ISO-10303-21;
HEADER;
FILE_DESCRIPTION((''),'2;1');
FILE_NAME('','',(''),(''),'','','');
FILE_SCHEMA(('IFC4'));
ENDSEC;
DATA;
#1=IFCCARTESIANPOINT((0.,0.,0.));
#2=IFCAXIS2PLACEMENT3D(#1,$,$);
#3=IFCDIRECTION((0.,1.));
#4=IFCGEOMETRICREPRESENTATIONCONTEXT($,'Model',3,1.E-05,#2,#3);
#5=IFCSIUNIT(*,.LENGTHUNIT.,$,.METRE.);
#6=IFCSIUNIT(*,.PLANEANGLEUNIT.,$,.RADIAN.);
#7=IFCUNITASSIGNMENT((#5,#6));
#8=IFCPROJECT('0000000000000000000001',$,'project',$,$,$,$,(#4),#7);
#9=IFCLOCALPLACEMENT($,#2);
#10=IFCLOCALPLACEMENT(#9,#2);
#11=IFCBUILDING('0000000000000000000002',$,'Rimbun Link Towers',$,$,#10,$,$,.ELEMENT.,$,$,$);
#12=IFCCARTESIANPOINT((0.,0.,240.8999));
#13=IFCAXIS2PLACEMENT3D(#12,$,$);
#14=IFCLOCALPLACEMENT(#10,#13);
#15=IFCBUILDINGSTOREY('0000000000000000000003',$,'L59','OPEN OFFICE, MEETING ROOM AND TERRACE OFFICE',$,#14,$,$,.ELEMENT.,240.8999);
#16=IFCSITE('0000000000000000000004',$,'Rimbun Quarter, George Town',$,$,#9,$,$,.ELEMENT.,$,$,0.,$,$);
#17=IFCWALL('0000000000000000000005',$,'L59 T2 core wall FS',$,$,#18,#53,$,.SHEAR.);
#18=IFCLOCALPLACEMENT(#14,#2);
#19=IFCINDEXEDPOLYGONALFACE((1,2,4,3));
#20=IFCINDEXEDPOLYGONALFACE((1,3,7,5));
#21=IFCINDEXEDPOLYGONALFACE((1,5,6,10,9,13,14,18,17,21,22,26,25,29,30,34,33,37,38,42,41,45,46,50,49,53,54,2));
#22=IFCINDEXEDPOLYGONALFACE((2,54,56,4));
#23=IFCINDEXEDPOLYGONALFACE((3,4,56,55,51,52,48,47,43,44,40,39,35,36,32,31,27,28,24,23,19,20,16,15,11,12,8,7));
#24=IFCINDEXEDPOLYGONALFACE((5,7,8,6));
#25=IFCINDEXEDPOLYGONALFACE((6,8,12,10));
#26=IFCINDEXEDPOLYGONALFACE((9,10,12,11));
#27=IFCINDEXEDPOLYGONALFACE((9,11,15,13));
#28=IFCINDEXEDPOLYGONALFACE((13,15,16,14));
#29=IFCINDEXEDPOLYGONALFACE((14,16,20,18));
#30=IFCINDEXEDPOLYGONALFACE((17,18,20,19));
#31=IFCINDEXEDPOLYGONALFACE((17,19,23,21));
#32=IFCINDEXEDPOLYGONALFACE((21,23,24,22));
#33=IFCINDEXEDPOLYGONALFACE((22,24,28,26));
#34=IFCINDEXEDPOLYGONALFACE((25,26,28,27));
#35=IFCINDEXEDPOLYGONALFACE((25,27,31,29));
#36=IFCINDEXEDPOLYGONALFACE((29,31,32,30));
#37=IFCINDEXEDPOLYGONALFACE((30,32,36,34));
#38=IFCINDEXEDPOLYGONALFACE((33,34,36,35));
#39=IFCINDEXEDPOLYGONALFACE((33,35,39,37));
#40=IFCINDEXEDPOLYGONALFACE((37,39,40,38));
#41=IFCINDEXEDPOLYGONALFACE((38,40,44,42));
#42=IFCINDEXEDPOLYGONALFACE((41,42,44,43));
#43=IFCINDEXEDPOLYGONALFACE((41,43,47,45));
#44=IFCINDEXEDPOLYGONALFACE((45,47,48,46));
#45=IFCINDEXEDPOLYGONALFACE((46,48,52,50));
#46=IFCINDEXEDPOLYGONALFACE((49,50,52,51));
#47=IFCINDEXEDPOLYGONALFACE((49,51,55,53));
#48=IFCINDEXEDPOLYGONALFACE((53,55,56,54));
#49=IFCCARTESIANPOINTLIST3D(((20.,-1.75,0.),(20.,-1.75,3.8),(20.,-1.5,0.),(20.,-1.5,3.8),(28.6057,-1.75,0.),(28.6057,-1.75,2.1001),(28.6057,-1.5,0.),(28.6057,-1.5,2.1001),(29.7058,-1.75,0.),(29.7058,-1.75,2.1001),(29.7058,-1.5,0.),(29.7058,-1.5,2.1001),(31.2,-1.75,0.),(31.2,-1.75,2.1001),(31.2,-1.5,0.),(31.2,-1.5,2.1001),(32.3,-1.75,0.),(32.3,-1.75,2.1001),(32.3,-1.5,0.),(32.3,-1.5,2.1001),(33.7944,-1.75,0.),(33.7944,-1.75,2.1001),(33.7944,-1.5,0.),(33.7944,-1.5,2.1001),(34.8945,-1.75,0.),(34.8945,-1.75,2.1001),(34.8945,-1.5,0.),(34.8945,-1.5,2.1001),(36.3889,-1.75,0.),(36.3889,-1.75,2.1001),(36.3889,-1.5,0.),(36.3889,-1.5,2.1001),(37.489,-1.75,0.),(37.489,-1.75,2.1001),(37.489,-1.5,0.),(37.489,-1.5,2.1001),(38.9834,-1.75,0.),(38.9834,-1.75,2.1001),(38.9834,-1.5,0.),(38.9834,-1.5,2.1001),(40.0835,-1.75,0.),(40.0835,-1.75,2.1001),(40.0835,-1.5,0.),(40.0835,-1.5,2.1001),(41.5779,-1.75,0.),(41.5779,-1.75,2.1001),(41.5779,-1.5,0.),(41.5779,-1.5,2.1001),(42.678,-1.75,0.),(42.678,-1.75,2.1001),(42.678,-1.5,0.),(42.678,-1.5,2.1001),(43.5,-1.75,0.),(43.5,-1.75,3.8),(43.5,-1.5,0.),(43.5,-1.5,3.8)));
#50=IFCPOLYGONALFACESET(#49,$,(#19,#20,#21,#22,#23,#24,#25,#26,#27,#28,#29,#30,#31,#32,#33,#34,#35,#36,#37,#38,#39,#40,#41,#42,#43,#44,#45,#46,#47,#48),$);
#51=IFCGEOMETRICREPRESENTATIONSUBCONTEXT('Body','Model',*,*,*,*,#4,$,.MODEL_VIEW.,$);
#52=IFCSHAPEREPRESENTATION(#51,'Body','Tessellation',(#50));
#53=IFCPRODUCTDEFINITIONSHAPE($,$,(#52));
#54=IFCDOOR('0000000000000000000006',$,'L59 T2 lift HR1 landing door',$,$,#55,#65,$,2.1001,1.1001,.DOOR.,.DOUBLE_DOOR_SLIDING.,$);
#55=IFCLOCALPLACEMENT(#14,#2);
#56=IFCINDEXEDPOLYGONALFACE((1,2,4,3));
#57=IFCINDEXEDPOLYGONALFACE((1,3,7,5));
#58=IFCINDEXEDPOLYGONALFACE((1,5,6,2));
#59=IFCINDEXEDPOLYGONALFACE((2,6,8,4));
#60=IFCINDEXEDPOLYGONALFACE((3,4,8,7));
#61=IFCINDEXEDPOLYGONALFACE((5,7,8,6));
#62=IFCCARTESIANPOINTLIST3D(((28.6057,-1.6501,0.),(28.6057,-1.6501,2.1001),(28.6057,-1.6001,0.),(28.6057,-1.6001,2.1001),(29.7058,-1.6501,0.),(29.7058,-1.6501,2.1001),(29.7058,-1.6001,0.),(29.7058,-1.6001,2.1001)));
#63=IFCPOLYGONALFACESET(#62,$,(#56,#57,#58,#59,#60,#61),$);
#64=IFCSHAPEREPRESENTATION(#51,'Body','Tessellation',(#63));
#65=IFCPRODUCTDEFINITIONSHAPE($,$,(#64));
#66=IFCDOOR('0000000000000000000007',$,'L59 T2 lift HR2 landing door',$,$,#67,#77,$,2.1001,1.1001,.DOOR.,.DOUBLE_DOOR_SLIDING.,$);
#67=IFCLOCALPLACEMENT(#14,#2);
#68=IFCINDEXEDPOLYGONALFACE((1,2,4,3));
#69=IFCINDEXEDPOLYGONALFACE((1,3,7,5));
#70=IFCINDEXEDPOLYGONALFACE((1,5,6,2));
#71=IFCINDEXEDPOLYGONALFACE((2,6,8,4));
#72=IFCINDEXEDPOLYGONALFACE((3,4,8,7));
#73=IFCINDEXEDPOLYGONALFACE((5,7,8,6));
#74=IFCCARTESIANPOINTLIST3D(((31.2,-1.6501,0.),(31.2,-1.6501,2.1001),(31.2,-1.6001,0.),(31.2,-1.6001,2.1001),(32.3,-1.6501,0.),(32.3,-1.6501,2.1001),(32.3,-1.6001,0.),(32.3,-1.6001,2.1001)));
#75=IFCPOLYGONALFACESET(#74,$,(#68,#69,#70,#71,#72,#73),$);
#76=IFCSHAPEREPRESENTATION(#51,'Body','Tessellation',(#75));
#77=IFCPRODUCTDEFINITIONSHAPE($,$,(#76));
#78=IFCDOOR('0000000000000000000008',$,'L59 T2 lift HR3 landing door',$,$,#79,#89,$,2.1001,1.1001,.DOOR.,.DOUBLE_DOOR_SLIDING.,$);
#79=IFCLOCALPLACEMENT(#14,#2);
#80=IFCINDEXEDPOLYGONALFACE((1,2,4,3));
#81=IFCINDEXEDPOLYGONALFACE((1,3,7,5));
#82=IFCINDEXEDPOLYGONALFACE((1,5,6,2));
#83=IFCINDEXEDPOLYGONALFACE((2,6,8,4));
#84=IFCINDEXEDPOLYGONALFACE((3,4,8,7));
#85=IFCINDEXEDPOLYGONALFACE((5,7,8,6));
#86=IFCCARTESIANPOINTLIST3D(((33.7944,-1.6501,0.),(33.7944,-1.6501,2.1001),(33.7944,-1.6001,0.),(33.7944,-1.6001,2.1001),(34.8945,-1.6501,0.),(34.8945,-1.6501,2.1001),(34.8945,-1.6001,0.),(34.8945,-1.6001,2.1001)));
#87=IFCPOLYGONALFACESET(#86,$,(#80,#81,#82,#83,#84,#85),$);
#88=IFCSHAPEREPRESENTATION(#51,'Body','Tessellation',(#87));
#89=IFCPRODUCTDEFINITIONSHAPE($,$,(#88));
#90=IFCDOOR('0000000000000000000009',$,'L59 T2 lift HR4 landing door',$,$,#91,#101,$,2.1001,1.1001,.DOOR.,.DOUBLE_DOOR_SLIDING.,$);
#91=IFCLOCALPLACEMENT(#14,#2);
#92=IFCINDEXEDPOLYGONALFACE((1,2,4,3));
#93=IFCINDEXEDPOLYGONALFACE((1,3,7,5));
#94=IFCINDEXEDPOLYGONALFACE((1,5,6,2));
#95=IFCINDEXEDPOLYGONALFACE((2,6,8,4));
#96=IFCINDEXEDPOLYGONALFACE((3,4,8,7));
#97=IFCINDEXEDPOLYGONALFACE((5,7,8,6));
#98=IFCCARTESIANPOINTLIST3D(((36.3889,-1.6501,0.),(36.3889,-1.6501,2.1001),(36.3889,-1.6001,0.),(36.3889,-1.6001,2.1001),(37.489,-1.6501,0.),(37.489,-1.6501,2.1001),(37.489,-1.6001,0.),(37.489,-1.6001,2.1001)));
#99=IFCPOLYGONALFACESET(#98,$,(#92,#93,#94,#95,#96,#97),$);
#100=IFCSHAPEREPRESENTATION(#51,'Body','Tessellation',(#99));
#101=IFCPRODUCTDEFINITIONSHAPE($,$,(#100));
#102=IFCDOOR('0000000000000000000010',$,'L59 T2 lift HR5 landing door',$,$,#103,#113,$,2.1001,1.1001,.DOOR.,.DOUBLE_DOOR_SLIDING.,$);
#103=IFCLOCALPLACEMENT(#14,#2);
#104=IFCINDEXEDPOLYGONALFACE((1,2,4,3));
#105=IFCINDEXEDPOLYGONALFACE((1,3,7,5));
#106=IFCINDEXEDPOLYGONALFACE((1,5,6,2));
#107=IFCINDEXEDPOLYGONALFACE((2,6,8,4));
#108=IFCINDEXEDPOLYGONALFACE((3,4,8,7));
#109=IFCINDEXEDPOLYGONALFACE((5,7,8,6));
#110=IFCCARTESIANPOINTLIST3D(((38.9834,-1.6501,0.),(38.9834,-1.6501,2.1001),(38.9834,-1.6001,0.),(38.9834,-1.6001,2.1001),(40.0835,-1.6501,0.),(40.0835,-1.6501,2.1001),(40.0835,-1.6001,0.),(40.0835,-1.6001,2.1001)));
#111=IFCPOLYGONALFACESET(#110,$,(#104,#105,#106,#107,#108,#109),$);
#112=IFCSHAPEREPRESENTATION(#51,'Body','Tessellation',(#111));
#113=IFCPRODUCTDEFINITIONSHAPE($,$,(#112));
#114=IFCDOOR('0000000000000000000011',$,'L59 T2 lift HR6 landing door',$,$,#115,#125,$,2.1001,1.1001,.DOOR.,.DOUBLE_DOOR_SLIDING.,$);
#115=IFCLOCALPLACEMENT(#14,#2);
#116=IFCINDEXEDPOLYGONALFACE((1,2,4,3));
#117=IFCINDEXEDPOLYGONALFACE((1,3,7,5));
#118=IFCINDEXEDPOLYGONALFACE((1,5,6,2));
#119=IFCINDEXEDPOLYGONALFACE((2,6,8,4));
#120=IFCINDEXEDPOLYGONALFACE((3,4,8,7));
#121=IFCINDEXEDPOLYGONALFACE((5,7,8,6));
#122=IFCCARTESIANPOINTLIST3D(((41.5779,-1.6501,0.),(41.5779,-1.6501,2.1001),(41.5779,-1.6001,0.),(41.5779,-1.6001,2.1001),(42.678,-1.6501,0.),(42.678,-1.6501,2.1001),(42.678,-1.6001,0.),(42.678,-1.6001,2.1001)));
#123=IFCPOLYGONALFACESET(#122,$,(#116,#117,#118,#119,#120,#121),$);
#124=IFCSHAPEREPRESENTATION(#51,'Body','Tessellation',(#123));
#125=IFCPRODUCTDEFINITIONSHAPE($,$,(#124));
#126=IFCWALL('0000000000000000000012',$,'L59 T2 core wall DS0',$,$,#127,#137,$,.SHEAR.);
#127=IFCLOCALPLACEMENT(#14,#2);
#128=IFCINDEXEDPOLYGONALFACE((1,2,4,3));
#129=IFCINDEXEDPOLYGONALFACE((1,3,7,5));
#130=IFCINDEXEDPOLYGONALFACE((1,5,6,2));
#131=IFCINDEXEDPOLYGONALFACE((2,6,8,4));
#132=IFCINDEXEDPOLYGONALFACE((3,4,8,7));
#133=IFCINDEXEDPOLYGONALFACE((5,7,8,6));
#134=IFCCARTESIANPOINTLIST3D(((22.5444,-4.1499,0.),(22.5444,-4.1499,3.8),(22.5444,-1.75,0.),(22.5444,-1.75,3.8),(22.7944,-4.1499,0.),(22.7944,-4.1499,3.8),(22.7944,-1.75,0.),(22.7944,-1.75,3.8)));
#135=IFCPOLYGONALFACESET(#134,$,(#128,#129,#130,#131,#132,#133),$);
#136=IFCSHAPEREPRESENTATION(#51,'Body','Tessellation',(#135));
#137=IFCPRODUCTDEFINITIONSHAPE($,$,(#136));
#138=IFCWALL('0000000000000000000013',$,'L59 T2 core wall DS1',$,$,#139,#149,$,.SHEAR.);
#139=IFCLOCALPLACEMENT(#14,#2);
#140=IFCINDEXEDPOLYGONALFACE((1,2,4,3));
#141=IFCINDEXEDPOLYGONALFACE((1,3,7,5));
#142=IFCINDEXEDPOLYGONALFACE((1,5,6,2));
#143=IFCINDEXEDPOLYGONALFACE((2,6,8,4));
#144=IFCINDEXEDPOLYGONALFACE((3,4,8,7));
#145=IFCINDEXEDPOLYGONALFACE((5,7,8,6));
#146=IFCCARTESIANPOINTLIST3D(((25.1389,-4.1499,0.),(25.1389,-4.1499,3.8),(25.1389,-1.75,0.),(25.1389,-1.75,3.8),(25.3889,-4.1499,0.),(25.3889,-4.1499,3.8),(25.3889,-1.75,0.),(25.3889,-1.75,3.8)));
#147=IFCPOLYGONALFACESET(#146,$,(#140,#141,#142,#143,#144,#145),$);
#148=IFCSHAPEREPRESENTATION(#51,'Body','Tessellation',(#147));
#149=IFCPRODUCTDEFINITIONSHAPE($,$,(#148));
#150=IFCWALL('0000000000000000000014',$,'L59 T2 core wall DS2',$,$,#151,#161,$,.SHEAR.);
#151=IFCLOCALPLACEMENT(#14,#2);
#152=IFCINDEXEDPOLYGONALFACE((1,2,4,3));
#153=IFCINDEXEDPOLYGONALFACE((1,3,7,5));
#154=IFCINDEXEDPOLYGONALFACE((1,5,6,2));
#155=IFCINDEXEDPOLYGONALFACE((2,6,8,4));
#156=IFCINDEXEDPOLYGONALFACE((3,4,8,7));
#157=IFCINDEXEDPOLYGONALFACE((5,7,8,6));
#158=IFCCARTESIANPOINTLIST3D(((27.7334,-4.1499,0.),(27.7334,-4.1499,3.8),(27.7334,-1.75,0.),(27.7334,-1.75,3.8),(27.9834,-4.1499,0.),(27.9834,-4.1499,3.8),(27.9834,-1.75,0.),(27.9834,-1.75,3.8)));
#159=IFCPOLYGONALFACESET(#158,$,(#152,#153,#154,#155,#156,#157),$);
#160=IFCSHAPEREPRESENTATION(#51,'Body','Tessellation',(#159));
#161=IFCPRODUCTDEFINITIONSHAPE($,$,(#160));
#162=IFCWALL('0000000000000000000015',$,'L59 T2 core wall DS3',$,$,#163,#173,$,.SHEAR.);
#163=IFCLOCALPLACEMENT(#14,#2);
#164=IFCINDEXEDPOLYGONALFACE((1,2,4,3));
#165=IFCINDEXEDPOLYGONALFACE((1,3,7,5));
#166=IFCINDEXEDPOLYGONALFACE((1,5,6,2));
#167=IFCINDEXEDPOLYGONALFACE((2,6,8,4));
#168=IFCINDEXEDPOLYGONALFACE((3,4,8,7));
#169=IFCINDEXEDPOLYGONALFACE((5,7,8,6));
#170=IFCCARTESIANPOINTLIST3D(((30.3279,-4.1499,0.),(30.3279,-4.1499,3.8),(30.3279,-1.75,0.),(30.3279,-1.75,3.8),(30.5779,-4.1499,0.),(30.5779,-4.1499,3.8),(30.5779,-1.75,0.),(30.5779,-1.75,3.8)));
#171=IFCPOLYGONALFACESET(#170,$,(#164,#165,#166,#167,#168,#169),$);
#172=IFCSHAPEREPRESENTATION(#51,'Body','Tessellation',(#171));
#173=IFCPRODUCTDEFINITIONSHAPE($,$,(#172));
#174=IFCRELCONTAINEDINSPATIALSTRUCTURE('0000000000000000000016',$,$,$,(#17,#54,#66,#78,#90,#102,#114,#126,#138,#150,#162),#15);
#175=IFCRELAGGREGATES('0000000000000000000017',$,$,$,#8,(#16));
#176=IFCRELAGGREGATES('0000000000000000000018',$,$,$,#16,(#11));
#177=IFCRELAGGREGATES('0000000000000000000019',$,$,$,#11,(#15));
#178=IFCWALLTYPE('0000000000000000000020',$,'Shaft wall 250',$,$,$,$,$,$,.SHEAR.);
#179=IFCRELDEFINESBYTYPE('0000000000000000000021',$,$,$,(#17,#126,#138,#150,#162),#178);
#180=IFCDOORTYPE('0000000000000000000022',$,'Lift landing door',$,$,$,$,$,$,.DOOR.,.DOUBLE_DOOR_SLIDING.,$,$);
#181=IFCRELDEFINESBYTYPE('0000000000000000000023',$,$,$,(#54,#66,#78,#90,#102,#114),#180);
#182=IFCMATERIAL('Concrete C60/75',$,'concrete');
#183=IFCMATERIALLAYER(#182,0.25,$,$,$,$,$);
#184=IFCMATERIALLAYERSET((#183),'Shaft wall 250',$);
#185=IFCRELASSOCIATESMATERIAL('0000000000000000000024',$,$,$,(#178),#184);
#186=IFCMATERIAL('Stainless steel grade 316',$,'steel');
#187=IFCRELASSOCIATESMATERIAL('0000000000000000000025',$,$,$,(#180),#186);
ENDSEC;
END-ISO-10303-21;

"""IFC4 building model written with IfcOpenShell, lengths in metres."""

from ifc_helpers import new_model, si_unit, direction, frame, frame_2d, origin, place, context, subcontext, project, spatial, rectangle, extrude, material, layer, layer_set, type_object, element, fill, save


model = new_model("IFC4")

# Units and contexts
model_context = context("Model", 3, precision=1e-05, world=origin(), true_north=direction((0.0, 1.0)))
body_context = subcontext(model_context, "Body", "Model", "MODEL_VIEW")
ifc_project = project(units=[si_unit("LENGTHUNIT", "METRE"), si_unit("PLANEANGLEUNIT", "RADIAN")], contexts=[model_context])

# Site, building, storey
site_placement = place(None, origin())
site = spatial("IfcSite", under=ifc_project, at=site_placement, Name="Rimbun Quarter, George Town", CompositionType="ELEMENT", RefElevation=0.0)
building_placement = place(site_placement, origin())
building = spatial("IfcBuilding", under=site, at=building_placement, Name="Rimbun Link Towers", CompositionType="ELEMENT")
storey_placement = place(building_placement, frame((0.0, 0.0, 240.8999)))
storey = spatial("IfcBuildingStorey", under=building, at=storey_placement, Name="L59", Description="OPEN OFFICE, MEETING ROOM AND TERRACE OFFICE", CompositionType="ELEMENT", Elevation=240.8999)

# Shared definitions
ifc_material_1 = material(Name="Concrete C60/75", Category="concrete")
ifc_layer_1 = layer(ifc_material_1, 0.25)
ifc_layer_set_1 = layer_set([ifc_layer_1], Name="Shaft wall 250")
wall_type_1 = type_object("IfcWallType", Name="Shaft wall 250", PredefinedType="SHEAR", material=ifc_layer_set_1)

# Wall, openings, doors
wall_1_placement = place(storey_placement, frame((20.0, -1.625, 0.0), z_axis=(0.0, 0.0, 1.0), x_axis=(1.0, 0.0, 0.0)))
wall_1 = element("IfcWall", 1, at=wall_1_placement, inside=storey, type_object=wall_type_1, Name="L59 T2 core wall FS", PredefinedType="SHEAR", context=body_context, shape_type="SweptSolid", body=[
    extrude(rectangle(XDim=23.5, YDim=0.25, at=frame_2d((11.75, 0.0))), origin(), (0.0, 0.0, 1.0), 3.8),
])
opening_1_placement = place(wall_1_placement, frame((8.6057, 0.0, 0.0)))
opening_1 = element("IfcOpeningElement", 2, at=opening_1_placement, cuts=wall_1, PredefinedType="OPENING", context=body_context, shape_type="SweptSolid", body=[
    extrude(rectangle(XDim=1.1001, YDim=2.1001, at=frame_2d((0.55, 1.05))), frame((0.0, 0.135, 0.0), z_axis=(0.0, -1.0, 0.0), x_axis=(1.0, 0.0, 0.0)), (0.0, 0.0, 1.0), 0.27),
])
opening_2_placement = place(wall_1_placement, frame((11.2, 0.0, 0.0)))
opening_2 = element("IfcOpeningElement", 3, at=opening_2_placement, cuts=wall_1, PredefinedType="OPENING", context=body_context, shape_type="SweptSolid", body=[
    extrude(rectangle(XDim=1.1001, YDim=2.1001, at=frame_2d((0.55, 1.05))), frame((0.0, 0.135, 0.0), z_axis=(0.0, -1.0, 0.0), x_axis=(1.0, 0.0, 0.0)), (0.0, 0.0, 1.0), 0.27),
])
opening_3_placement = place(wall_1_placement, frame((13.7944, 0.0, 0.0)))
opening_3 = element("IfcOpeningElement", 4, at=opening_3_placement, cuts=wall_1, PredefinedType="OPENING", context=body_context, shape_type="SweptSolid", body=[
    extrude(rectangle(XDim=1.1001, YDim=2.1001, at=frame_2d((0.55, 1.05))), frame((0.0, 0.135, 0.0), z_axis=(0.0, -1.0, 0.0), x_axis=(1.0, 0.0, 0.0)), (0.0, 0.0, 1.0), 0.27),
])
opening_4_placement = place(wall_1_placement, frame((16.3889, 0.0, 0.0)))
opening_4 = element("IfcOpeningElement", 5, at=opening_4_placement, cuts=wall_1, PredefinedType="OPENING", context=body_context, shape_type="SweptSolid", body=[
    extrude(rectangle(XDim=1.1001, YDim=2.1001, at=frame_2d((0.55, 1.05))), frame((0.0, 0.135, 0.0), z_axis=(0.0, -1.0, 0.0), x_axis=(1.0, 0.0, 0.0)), (0.0, 0.0, 1.0), 0.27),
])
opening_5_placement = place(wall_1_placement, frame((18.9834, 0.0, 0.0)))
opening_5 = element("IfcOpeningElement", 6, at=opening_5_placement, cuts=wall_1, PredefinedType="OPENING", context=body_context, shape_type="SweptSolid", body=[
    extrude(rectangle(XDim=1.1001, YDim=2.1001, at=frame_2d((0.55, 1.05))), frame((0.0, 0.135, 0.0), z_axis=(0.0, -1.0, 0.0), x_axis=(1.0, 0.0, 0.0)), (0.0, 0.0, 1.0), 0.27),
])
opening_6_placement = place(wall_1_placement, frame((21.5779, 0.0, 0.0)))
opening_6 = element("IfcOpeningElement", 7, at=opening_6_placement, cuts=wall_1, PredefinedType="OPENING", context=body_context, shape_type="SweptSolid", body=[
    extrude(rectangle(XDim=1.1001, YDim=2.1001, at=frame_2d((0.55, 1.05))), frame((0.0, 0.135, 0.0), z_axis=(0.0, -1.0, 0.0), x_axis=(1.0, 0.0, 0.0)), (0.0, 0.0, 1.0), 0.27),
])
ifc_material_2 = material(Name="Stainless steel grade 316", Category="steel")
door_type_1 = type_object("IfcDoorType", Name="Lift landing door", OperationType="DOUBLE_DOOR_SLIDING", PredefinedType="DOOR", material=ifc_material_2)
door_1_placement = place(opening_1_placement, origin())
door_1 = element("IfcDoor", 8, at=door_1_placement, inside=storey, type_object=door_type_1, Name="L59 T2 lift HR1 landing door", OperationType="DOUBLE_DOOR_SLIDING", OverallHeight=2.1001, OverallWidth=1.1001, PredefinedType="DOOR", context=body_context, shape_type="SweptSolid", body=[
    extrude(rectangle(XDim=1.1001, YDim=2.1001, at=frame_2d((0.55, 1.05))), frame((0.0, 0.0249, 0.0), z_axis=(0.0, -1.0, 0.0), x_axis=(1.0, 0.0, 0.0)), (0.0, 0.0, 1.0), 0.05),
])
fill(opening_1, door_1)
door_2_placement = place(opening_2_placement, origin())
door_2 = element("IfcDoor", 9, at=door_2_placement, inside=storey, type_object=door_type_1, Name="L59 T2 lift HR2 landing door", OperationType="DOUBLE_DOOR_SLIDING", OverallHeight=2.1001, OverallWidth=1.1001, PredefinedType="DOOR", context=body_context, shape_type="SweptSolid", body=[
    extrude(rectangle(XDim=1.1001, YDim=2.1001, at=frame_2d((0.55, 1.05))), frame((0.0, 0.0249, 0.0), z_axis=(0.0, -1.0, 0.0), x_axis=(1.0, 0.0, 0.0)), (0.0, 0.0, 1.0), 0.05),
])
fill(opening_2, door_2)
door_3_placement = place(opening_3_placement, origin())
door_3 = element("IfcDoor", 10, at=door_3_placement, inside=storey, type_object=door_type_1, Name="L59 T2 lift HR3 landing door", OperationType="DOUBLE_DOOR_SLIDING", OverallHeight=2.1001, OverallWidth=1.1001, PredefinedType="DOOR", context=body_context, shape_type="SweptSolid", body=[
    extrude(rectangle(XDim=1.1001, YDim=2.1001, at=frame_2d((0.55, 1.05))), frame((0.0, 0.0249, 0.0), z_axis=(0.0, -1.0, 0.0), x_axis=(1.0, 0.0, 0.0)), (0.0, 0.0, 1.0), 0.05),
])
fill(opening_3, door_3)
door_4_placement = place(opening_4_placement, origin())
door_4 = element("IfcDoor", 11, at=door_4_placement, inside=storey, type_object=door_type_1, Name="L59 T2 lift HR4 landing door", OperationType="DOUBLE_DOOR_SLIDING", OverallHeight=2.1001, OverallWidth=1.1001, PredefinedType="DOOR", context=body_context, shape_type="SweptSolid", body=[
    extrude(rectangle(XDim=1.1001, YDim=2.1001, at=frame_2d((0.55, 1.05))), frame((0.0, 0.0249, 0.0), z_axis=(0.0, -1.0, 0.0), x_axis=(1.0, 0.0, 0.0)), (0.0, 0.0, 1.0), 0.05),
])
fill(opening_4, door_4)
door_5_placement = place(opening_5_placement, origin())
door_5 = element("IfcDoor", 12, at=door_5_placement, inside=storey, type_object=door_type_1, Name="L59 T2 lift HR5 landing door", OperationType="DOUBLE_DOOR_SLIDING", OverallHeight=2.1001, OverallWidth=1.1001, PredefinedType="DOOR", context=body_context, shape_type="SweptSolid", body=[
    extrude(rectangle(XDim=1.1001, YDim=2.1001, at=frame_2d((0.55, 1.05))), frame((0.0, 0.0249, 0.0), z_axis=(0.0, -1.0, 0.0), x_axis=(1.0, 0.0, 0.0)), (0.0, 0.0, 1.0), 0.05),
])
fill(opening_5, door_5)
door_6_placement = place(opening_6_placement, origin())
door_6 = element("IfcDoor", 13, at=door_6_placement, inside=storey, type_object=door_type_1, Name="L59 T2 lift HR6 landing door", OperationType="DOUBLE_DOOR_SLIDING", OverallHeight=2.1001, OverallWidth=1.1001, PredefinedType="DOOR", context=body_context, shape_type="SweptSolid", body=[
    extrude(rectangle(XDim=1.1001, YDim=2.1001, at=frame_2d((0.55, 1.05))), frame((0.0, 0.0249, 0.0), z_axis=(0.0, -1.0, 0.0), x_axis=(1.0, 0.0, 0.0)), (0.0, 0.0, 1.0), 0.05),
])
fill(opening_6, door_6)

# Walls
for number, where, z_axis, x_axis, name in (
    (14, (22.6694, -4.1499, 0.0), (0.0, 0.0, 1.0), (0.0, 1.0, 0.0), "L59 T2 core wall DS0"),
    (15, (25.2639, -4.1499, 0.0), (0.0, 0.0, 1.0), (0.0, 1.0, 0.0), "L59 T2 core wall DS1"),
    (16, (27.8584, -4.1499, 0.0), (0.0, 0.0, 1.0), (0.0, 1.0, 0.0), "L59 T2 core wall DS2"),
    (17, (30.4529, -4.1499, 0.0), (0.0, 0.0, 1.0), (0.0, 1.0, 0.0), "L59 T2 core wall DS3"),
):
    element("IfcWall", number, at=place(storey_placement, frame(where, z_axis=z_axis, x_axis=x_axis)), inside=storey, type_object=wall_type_1, Name=name, PredefinedType="SHEAR", context=body_context, shape_type="SweptSolid", body=[
        extrude(rectangle(XDim=2.3999, YDim=0.25, at=frame_2d((1.2, 0.0))), origin(), (0.0, 0.0, 1.0), 3.8),
    ])

save(model, "model.ifc")
